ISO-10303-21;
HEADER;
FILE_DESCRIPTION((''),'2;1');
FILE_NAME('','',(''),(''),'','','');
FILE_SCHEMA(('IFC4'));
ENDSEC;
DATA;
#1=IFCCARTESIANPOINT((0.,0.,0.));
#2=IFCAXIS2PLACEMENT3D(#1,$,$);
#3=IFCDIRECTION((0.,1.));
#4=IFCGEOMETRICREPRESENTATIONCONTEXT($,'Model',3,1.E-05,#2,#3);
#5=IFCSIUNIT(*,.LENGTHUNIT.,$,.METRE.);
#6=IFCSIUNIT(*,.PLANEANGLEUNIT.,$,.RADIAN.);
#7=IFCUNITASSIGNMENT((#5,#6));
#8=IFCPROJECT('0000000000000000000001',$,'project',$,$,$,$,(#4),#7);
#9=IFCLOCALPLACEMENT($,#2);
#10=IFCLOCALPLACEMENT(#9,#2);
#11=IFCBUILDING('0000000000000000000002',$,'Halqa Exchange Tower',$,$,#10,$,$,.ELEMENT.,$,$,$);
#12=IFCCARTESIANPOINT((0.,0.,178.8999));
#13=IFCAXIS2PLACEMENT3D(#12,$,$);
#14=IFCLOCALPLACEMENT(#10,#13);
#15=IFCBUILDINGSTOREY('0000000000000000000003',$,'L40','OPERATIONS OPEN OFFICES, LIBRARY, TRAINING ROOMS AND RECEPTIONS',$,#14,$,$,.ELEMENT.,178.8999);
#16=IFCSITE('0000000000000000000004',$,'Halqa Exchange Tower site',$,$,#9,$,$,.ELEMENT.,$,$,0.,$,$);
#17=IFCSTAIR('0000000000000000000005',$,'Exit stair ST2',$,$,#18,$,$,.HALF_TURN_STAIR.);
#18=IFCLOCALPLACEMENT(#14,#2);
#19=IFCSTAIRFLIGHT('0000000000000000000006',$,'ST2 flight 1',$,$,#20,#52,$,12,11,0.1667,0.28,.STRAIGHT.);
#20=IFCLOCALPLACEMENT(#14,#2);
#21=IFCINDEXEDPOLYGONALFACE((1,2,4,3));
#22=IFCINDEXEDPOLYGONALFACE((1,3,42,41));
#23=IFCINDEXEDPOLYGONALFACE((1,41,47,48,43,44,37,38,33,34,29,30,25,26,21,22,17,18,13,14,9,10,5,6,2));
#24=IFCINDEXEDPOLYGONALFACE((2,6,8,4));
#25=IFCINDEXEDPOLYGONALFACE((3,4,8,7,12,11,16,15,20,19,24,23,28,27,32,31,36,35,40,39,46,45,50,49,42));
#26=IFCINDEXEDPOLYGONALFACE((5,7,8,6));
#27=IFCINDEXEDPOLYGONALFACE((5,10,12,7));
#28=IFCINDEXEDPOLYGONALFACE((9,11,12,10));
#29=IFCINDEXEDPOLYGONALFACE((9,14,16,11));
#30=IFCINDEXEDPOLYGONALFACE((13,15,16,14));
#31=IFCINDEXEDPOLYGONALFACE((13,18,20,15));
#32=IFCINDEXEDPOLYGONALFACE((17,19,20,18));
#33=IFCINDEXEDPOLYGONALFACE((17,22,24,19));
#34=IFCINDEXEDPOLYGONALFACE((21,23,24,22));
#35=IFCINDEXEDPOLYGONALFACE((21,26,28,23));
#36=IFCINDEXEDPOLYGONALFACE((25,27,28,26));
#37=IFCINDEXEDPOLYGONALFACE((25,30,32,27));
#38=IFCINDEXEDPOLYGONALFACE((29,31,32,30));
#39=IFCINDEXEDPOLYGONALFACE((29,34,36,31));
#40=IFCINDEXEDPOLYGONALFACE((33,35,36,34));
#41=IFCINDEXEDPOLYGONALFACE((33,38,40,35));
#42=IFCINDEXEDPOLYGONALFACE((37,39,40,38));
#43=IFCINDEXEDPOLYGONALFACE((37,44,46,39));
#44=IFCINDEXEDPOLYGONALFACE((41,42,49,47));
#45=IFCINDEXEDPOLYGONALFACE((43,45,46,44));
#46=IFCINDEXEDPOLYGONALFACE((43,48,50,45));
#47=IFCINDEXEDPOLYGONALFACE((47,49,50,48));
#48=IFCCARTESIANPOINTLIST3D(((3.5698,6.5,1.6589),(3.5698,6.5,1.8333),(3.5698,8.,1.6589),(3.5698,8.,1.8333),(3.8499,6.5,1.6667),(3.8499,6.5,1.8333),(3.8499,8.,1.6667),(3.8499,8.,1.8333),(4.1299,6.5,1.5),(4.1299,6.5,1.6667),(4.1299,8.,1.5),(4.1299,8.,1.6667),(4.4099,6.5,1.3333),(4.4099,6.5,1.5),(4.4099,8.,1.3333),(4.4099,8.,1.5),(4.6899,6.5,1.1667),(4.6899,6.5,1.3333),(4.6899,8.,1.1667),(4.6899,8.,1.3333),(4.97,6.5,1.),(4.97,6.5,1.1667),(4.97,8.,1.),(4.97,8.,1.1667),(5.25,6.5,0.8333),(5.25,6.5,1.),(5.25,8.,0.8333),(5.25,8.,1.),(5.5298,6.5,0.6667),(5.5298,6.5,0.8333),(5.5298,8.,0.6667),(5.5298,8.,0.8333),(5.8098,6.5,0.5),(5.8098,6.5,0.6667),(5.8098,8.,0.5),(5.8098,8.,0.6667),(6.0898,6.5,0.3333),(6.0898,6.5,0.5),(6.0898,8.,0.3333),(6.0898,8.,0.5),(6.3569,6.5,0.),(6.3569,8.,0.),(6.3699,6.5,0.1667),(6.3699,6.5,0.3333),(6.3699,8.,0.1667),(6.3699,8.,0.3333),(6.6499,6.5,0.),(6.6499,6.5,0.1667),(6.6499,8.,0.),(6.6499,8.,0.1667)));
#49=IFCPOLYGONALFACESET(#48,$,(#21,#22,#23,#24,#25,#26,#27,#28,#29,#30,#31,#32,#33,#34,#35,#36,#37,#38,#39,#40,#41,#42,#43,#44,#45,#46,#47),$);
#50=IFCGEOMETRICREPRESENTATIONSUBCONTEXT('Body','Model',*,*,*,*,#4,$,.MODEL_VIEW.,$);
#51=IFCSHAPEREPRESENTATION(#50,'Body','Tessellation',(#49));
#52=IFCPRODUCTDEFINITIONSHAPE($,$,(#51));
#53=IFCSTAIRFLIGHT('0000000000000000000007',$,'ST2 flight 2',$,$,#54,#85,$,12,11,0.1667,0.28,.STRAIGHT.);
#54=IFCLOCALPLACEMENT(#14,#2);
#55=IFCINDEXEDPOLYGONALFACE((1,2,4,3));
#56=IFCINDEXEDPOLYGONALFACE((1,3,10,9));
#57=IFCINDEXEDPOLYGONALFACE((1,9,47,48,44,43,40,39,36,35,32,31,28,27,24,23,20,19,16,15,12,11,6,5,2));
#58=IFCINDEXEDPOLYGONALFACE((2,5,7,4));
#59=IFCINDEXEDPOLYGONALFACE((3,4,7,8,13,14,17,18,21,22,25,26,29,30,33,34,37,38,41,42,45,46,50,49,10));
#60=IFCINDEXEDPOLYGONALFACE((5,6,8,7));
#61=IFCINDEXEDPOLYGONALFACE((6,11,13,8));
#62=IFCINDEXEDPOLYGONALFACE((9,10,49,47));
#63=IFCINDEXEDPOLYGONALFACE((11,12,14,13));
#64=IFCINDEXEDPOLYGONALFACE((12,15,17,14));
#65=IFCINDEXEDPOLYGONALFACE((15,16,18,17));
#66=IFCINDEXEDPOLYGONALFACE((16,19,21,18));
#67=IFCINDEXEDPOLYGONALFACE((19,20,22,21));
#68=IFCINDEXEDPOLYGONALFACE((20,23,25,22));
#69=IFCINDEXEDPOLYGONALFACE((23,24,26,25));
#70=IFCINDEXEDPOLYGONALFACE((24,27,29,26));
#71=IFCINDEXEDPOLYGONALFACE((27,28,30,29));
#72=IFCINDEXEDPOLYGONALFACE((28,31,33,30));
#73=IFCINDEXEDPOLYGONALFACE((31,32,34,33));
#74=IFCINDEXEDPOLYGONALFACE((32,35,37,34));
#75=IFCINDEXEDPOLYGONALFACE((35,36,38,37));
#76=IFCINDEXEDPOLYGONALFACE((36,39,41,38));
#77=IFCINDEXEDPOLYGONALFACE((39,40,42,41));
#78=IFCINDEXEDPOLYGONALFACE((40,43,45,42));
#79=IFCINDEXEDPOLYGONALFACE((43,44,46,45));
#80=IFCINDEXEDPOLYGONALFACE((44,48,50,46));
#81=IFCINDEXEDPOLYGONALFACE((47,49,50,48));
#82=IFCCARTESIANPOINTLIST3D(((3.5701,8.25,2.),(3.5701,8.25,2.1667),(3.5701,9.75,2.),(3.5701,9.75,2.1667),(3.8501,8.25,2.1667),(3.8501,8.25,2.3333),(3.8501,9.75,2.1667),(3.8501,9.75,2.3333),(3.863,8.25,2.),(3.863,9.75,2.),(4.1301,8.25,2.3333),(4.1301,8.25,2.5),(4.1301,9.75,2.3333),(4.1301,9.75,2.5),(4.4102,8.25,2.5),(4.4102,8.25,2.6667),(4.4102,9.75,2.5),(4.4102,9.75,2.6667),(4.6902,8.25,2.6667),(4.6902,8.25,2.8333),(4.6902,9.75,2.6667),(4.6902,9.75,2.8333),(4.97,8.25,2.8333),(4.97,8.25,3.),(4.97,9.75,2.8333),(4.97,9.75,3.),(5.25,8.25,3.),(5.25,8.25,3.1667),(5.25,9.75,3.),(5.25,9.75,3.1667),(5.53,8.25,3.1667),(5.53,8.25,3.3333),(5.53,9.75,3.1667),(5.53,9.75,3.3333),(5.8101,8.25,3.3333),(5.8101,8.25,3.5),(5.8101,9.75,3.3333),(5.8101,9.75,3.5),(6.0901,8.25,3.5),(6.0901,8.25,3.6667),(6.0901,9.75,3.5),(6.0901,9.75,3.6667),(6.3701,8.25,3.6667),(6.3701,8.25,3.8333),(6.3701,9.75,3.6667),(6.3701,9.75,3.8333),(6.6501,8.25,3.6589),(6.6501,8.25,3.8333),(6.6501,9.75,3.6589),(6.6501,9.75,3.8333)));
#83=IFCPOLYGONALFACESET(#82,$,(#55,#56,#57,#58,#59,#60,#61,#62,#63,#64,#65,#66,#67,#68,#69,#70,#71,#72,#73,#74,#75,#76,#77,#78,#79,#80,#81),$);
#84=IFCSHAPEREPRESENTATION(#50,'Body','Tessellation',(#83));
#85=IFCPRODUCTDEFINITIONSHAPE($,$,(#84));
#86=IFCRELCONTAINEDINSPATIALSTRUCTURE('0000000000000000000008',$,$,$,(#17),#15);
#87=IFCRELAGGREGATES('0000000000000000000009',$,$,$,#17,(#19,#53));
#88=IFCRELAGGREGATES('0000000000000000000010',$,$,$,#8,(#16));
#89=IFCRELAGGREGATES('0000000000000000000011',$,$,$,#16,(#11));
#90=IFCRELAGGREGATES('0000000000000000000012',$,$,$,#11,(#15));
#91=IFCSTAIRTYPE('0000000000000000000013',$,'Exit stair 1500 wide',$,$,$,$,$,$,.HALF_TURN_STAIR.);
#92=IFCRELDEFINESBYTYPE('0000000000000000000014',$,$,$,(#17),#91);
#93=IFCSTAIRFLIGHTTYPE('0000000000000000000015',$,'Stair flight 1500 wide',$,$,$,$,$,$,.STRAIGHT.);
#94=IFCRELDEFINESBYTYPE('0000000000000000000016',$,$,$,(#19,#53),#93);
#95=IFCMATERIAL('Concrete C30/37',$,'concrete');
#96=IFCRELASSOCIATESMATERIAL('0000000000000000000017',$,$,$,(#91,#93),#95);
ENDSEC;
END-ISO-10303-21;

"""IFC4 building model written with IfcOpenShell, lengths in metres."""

from ifc_helpers import new_model, si_unit, direction, frame, origin, place, context, subcontext, project, spatial, polyline, outline, extrude, material, type_object, element, aggregate, save


model = new_model("IFC4")

# Units and contexts
model_context = context("Model", 3, precision=1e-05, world=origin(), true_north=direction((0.0, 1.0)))
body_context = subcontext(model_context, "Body", "Model", "MODEL_VIEW")
ifc_project = project(units=[si_unit("LENGTHUNIT", "METRE"), si_unit("PLANEANGLEUNIT", "RADIAN")], contexts=[model_context])

# Site, building, storey
site_placement = place(None, origin())
site = spatial("IfcSite", under=ifc_project, at=site_placement, Name="Halqa Exchange Tower site", CompositionType="ELEMENT", RefElevation=0.0)
building_placement = place(site_placement, origin())
building = spatial("IfcBuilding", under=site, at=building_placement, Name="Halqa Exchange Tower", CompositionType="ELEMENT")
storey_placement = place(building_placement, frame((0.0, 0.0, 178.8999)))
storey = spatial("IfcBuildingStorey", under=building, at=storey_placement, Name="L40", Description="OPERATIONS OPEN OFFICES, LIBRARY, TRAINING ROOMS AND RECEPTIONS", CompositionType="ELEMENT", Elevation=178.8999)

# Stair
ifc_material_1 = material(Name="Concrete C30/37", Category="concrete")
stair_type = type_object("IfcStairType", Name="Exit stair 1500 wide", PredefinedType="HALF_TURN_STAIR", material=ifc_material_1)
stair_1_placement = place(storey_placement, origin())
stair_1 = element("IfcStair", 1, at=stair_1_placement, inside=storey, type_object=stair_type, Name="Exit stair ST2", PredefinedType="HALF_TURN_STAIR")

# Stair flights
stair_flight_type = type_object("IfcStairFlightType", Name="Stair flight 1500 wide", PredefinedType="STRAIGHT", material=ifc_material_1)
stair_flight_1_placement = place(storey_placement, frame((6.6499, 7.25, 0.0), z_axis=(0.0, 0.0, 1.0), x_axis=(-1.0, 0.0, 0.0)))
stair_flight_1 = element("IfcStairFlight", 2, at=stair_flight_1_placement, type_object=stair_flight_type, Name="ST2 flight 1", NumberOfRisers=12, NumberOfTreads=11, PredefinedType="STRAIGHT", RiserHeight=0.1667, TreadLength=0.28, context=body_context, shape_type="SweptSolid", body=[
    extrude(outline(polyline([(0.0, 0.0), (0.0, 0.1667), (0.28, 0.1667), (0.28, 0.3333), (0.5601, 0.3333), (0.5601, 0.5), (0.8401, 0.5), (0.8401, 0.6667), (1.1201, 0.6667), (1.1201, 0.8333), (1.3999, 0.8333), (1.3999, 1.0), (1.6799, 1.0), (1.6799, 1.1667), (1.96, 1.1667), (1.96, 1.3333), (2.24, 1.3333), (2.24, 1.5), (2.52, 1.5), (2.52, 1.6667), (2.8, 1.6667), (2.8, 1.8333), (3.0801, 1.8333), (3.0801, 2.0), (3.0801, 1.6589), (0.293, 0.0), (0.0, 0.0)])), frame((0.0, 0.75, 0.0), z_axis=(0.0, -1.0, 0.0), x_axis=(1.0, 0.0, 0.0)), (0.0, 0.0, 1.0), 1.5),
])
stair_flight_2_placement = place(storey_placement, frame((3.5701, 9.0, 2.0), z_axis=(0.0, 0.0, 1.0), x_axis=(1.0, 0.0, 0.0)))
stair_flight_2 = element("IfcStairFlight", 3, at=stair_flight_2_placement, type_object=stair_flight_type, Name="ST2 flight 2", NumberOfRisers=12, NumberOfTreads=11, PredefinedType="STRAIGHT", RiserHeight=0.1667, TreadLength=0.28, context=body_context, shape_type="SweptSolid", body=[
    extrude(outline(polyline([(0.0, 0.0), (0.0, 0.1667), (0.28, 0.1667), (0.28, 0.3333), (0.5601, 0.3333), (0.5601, 0.5), (0.8401, 0.5), (0.8401, 0.6667), (1.1201, 0.6667), (1.1201, 0.8333), (1.3999, 0.8333), (1.3999, 1.0), (1.6799, 1.0), (1.6799, 1.1667), (1.96, 1.1667), (1.96, 1.3333), (2.24, 1.3333), (2.24, 1.5), (2.52, 1.5), (2.52, 1.6667), (2.8, 1.6667), (2.8, 1.8333), (3.0801, 1.8333), (3.0801, 2.0), (3.0801, 1.6589), (0.293, 0.0), (0.0, 0.0)])), frame((0.0, 0.75, 0.0), z_axis=(0.0, -1.0, 0.0), x_axis=(1.0, 0.0, 0.0)), (0.0, 0.0, 1.0), 1.5),
])
aggregate(stair_1, [stair_flight_1, stair_flight_2])

save(model, "model.ifc")
